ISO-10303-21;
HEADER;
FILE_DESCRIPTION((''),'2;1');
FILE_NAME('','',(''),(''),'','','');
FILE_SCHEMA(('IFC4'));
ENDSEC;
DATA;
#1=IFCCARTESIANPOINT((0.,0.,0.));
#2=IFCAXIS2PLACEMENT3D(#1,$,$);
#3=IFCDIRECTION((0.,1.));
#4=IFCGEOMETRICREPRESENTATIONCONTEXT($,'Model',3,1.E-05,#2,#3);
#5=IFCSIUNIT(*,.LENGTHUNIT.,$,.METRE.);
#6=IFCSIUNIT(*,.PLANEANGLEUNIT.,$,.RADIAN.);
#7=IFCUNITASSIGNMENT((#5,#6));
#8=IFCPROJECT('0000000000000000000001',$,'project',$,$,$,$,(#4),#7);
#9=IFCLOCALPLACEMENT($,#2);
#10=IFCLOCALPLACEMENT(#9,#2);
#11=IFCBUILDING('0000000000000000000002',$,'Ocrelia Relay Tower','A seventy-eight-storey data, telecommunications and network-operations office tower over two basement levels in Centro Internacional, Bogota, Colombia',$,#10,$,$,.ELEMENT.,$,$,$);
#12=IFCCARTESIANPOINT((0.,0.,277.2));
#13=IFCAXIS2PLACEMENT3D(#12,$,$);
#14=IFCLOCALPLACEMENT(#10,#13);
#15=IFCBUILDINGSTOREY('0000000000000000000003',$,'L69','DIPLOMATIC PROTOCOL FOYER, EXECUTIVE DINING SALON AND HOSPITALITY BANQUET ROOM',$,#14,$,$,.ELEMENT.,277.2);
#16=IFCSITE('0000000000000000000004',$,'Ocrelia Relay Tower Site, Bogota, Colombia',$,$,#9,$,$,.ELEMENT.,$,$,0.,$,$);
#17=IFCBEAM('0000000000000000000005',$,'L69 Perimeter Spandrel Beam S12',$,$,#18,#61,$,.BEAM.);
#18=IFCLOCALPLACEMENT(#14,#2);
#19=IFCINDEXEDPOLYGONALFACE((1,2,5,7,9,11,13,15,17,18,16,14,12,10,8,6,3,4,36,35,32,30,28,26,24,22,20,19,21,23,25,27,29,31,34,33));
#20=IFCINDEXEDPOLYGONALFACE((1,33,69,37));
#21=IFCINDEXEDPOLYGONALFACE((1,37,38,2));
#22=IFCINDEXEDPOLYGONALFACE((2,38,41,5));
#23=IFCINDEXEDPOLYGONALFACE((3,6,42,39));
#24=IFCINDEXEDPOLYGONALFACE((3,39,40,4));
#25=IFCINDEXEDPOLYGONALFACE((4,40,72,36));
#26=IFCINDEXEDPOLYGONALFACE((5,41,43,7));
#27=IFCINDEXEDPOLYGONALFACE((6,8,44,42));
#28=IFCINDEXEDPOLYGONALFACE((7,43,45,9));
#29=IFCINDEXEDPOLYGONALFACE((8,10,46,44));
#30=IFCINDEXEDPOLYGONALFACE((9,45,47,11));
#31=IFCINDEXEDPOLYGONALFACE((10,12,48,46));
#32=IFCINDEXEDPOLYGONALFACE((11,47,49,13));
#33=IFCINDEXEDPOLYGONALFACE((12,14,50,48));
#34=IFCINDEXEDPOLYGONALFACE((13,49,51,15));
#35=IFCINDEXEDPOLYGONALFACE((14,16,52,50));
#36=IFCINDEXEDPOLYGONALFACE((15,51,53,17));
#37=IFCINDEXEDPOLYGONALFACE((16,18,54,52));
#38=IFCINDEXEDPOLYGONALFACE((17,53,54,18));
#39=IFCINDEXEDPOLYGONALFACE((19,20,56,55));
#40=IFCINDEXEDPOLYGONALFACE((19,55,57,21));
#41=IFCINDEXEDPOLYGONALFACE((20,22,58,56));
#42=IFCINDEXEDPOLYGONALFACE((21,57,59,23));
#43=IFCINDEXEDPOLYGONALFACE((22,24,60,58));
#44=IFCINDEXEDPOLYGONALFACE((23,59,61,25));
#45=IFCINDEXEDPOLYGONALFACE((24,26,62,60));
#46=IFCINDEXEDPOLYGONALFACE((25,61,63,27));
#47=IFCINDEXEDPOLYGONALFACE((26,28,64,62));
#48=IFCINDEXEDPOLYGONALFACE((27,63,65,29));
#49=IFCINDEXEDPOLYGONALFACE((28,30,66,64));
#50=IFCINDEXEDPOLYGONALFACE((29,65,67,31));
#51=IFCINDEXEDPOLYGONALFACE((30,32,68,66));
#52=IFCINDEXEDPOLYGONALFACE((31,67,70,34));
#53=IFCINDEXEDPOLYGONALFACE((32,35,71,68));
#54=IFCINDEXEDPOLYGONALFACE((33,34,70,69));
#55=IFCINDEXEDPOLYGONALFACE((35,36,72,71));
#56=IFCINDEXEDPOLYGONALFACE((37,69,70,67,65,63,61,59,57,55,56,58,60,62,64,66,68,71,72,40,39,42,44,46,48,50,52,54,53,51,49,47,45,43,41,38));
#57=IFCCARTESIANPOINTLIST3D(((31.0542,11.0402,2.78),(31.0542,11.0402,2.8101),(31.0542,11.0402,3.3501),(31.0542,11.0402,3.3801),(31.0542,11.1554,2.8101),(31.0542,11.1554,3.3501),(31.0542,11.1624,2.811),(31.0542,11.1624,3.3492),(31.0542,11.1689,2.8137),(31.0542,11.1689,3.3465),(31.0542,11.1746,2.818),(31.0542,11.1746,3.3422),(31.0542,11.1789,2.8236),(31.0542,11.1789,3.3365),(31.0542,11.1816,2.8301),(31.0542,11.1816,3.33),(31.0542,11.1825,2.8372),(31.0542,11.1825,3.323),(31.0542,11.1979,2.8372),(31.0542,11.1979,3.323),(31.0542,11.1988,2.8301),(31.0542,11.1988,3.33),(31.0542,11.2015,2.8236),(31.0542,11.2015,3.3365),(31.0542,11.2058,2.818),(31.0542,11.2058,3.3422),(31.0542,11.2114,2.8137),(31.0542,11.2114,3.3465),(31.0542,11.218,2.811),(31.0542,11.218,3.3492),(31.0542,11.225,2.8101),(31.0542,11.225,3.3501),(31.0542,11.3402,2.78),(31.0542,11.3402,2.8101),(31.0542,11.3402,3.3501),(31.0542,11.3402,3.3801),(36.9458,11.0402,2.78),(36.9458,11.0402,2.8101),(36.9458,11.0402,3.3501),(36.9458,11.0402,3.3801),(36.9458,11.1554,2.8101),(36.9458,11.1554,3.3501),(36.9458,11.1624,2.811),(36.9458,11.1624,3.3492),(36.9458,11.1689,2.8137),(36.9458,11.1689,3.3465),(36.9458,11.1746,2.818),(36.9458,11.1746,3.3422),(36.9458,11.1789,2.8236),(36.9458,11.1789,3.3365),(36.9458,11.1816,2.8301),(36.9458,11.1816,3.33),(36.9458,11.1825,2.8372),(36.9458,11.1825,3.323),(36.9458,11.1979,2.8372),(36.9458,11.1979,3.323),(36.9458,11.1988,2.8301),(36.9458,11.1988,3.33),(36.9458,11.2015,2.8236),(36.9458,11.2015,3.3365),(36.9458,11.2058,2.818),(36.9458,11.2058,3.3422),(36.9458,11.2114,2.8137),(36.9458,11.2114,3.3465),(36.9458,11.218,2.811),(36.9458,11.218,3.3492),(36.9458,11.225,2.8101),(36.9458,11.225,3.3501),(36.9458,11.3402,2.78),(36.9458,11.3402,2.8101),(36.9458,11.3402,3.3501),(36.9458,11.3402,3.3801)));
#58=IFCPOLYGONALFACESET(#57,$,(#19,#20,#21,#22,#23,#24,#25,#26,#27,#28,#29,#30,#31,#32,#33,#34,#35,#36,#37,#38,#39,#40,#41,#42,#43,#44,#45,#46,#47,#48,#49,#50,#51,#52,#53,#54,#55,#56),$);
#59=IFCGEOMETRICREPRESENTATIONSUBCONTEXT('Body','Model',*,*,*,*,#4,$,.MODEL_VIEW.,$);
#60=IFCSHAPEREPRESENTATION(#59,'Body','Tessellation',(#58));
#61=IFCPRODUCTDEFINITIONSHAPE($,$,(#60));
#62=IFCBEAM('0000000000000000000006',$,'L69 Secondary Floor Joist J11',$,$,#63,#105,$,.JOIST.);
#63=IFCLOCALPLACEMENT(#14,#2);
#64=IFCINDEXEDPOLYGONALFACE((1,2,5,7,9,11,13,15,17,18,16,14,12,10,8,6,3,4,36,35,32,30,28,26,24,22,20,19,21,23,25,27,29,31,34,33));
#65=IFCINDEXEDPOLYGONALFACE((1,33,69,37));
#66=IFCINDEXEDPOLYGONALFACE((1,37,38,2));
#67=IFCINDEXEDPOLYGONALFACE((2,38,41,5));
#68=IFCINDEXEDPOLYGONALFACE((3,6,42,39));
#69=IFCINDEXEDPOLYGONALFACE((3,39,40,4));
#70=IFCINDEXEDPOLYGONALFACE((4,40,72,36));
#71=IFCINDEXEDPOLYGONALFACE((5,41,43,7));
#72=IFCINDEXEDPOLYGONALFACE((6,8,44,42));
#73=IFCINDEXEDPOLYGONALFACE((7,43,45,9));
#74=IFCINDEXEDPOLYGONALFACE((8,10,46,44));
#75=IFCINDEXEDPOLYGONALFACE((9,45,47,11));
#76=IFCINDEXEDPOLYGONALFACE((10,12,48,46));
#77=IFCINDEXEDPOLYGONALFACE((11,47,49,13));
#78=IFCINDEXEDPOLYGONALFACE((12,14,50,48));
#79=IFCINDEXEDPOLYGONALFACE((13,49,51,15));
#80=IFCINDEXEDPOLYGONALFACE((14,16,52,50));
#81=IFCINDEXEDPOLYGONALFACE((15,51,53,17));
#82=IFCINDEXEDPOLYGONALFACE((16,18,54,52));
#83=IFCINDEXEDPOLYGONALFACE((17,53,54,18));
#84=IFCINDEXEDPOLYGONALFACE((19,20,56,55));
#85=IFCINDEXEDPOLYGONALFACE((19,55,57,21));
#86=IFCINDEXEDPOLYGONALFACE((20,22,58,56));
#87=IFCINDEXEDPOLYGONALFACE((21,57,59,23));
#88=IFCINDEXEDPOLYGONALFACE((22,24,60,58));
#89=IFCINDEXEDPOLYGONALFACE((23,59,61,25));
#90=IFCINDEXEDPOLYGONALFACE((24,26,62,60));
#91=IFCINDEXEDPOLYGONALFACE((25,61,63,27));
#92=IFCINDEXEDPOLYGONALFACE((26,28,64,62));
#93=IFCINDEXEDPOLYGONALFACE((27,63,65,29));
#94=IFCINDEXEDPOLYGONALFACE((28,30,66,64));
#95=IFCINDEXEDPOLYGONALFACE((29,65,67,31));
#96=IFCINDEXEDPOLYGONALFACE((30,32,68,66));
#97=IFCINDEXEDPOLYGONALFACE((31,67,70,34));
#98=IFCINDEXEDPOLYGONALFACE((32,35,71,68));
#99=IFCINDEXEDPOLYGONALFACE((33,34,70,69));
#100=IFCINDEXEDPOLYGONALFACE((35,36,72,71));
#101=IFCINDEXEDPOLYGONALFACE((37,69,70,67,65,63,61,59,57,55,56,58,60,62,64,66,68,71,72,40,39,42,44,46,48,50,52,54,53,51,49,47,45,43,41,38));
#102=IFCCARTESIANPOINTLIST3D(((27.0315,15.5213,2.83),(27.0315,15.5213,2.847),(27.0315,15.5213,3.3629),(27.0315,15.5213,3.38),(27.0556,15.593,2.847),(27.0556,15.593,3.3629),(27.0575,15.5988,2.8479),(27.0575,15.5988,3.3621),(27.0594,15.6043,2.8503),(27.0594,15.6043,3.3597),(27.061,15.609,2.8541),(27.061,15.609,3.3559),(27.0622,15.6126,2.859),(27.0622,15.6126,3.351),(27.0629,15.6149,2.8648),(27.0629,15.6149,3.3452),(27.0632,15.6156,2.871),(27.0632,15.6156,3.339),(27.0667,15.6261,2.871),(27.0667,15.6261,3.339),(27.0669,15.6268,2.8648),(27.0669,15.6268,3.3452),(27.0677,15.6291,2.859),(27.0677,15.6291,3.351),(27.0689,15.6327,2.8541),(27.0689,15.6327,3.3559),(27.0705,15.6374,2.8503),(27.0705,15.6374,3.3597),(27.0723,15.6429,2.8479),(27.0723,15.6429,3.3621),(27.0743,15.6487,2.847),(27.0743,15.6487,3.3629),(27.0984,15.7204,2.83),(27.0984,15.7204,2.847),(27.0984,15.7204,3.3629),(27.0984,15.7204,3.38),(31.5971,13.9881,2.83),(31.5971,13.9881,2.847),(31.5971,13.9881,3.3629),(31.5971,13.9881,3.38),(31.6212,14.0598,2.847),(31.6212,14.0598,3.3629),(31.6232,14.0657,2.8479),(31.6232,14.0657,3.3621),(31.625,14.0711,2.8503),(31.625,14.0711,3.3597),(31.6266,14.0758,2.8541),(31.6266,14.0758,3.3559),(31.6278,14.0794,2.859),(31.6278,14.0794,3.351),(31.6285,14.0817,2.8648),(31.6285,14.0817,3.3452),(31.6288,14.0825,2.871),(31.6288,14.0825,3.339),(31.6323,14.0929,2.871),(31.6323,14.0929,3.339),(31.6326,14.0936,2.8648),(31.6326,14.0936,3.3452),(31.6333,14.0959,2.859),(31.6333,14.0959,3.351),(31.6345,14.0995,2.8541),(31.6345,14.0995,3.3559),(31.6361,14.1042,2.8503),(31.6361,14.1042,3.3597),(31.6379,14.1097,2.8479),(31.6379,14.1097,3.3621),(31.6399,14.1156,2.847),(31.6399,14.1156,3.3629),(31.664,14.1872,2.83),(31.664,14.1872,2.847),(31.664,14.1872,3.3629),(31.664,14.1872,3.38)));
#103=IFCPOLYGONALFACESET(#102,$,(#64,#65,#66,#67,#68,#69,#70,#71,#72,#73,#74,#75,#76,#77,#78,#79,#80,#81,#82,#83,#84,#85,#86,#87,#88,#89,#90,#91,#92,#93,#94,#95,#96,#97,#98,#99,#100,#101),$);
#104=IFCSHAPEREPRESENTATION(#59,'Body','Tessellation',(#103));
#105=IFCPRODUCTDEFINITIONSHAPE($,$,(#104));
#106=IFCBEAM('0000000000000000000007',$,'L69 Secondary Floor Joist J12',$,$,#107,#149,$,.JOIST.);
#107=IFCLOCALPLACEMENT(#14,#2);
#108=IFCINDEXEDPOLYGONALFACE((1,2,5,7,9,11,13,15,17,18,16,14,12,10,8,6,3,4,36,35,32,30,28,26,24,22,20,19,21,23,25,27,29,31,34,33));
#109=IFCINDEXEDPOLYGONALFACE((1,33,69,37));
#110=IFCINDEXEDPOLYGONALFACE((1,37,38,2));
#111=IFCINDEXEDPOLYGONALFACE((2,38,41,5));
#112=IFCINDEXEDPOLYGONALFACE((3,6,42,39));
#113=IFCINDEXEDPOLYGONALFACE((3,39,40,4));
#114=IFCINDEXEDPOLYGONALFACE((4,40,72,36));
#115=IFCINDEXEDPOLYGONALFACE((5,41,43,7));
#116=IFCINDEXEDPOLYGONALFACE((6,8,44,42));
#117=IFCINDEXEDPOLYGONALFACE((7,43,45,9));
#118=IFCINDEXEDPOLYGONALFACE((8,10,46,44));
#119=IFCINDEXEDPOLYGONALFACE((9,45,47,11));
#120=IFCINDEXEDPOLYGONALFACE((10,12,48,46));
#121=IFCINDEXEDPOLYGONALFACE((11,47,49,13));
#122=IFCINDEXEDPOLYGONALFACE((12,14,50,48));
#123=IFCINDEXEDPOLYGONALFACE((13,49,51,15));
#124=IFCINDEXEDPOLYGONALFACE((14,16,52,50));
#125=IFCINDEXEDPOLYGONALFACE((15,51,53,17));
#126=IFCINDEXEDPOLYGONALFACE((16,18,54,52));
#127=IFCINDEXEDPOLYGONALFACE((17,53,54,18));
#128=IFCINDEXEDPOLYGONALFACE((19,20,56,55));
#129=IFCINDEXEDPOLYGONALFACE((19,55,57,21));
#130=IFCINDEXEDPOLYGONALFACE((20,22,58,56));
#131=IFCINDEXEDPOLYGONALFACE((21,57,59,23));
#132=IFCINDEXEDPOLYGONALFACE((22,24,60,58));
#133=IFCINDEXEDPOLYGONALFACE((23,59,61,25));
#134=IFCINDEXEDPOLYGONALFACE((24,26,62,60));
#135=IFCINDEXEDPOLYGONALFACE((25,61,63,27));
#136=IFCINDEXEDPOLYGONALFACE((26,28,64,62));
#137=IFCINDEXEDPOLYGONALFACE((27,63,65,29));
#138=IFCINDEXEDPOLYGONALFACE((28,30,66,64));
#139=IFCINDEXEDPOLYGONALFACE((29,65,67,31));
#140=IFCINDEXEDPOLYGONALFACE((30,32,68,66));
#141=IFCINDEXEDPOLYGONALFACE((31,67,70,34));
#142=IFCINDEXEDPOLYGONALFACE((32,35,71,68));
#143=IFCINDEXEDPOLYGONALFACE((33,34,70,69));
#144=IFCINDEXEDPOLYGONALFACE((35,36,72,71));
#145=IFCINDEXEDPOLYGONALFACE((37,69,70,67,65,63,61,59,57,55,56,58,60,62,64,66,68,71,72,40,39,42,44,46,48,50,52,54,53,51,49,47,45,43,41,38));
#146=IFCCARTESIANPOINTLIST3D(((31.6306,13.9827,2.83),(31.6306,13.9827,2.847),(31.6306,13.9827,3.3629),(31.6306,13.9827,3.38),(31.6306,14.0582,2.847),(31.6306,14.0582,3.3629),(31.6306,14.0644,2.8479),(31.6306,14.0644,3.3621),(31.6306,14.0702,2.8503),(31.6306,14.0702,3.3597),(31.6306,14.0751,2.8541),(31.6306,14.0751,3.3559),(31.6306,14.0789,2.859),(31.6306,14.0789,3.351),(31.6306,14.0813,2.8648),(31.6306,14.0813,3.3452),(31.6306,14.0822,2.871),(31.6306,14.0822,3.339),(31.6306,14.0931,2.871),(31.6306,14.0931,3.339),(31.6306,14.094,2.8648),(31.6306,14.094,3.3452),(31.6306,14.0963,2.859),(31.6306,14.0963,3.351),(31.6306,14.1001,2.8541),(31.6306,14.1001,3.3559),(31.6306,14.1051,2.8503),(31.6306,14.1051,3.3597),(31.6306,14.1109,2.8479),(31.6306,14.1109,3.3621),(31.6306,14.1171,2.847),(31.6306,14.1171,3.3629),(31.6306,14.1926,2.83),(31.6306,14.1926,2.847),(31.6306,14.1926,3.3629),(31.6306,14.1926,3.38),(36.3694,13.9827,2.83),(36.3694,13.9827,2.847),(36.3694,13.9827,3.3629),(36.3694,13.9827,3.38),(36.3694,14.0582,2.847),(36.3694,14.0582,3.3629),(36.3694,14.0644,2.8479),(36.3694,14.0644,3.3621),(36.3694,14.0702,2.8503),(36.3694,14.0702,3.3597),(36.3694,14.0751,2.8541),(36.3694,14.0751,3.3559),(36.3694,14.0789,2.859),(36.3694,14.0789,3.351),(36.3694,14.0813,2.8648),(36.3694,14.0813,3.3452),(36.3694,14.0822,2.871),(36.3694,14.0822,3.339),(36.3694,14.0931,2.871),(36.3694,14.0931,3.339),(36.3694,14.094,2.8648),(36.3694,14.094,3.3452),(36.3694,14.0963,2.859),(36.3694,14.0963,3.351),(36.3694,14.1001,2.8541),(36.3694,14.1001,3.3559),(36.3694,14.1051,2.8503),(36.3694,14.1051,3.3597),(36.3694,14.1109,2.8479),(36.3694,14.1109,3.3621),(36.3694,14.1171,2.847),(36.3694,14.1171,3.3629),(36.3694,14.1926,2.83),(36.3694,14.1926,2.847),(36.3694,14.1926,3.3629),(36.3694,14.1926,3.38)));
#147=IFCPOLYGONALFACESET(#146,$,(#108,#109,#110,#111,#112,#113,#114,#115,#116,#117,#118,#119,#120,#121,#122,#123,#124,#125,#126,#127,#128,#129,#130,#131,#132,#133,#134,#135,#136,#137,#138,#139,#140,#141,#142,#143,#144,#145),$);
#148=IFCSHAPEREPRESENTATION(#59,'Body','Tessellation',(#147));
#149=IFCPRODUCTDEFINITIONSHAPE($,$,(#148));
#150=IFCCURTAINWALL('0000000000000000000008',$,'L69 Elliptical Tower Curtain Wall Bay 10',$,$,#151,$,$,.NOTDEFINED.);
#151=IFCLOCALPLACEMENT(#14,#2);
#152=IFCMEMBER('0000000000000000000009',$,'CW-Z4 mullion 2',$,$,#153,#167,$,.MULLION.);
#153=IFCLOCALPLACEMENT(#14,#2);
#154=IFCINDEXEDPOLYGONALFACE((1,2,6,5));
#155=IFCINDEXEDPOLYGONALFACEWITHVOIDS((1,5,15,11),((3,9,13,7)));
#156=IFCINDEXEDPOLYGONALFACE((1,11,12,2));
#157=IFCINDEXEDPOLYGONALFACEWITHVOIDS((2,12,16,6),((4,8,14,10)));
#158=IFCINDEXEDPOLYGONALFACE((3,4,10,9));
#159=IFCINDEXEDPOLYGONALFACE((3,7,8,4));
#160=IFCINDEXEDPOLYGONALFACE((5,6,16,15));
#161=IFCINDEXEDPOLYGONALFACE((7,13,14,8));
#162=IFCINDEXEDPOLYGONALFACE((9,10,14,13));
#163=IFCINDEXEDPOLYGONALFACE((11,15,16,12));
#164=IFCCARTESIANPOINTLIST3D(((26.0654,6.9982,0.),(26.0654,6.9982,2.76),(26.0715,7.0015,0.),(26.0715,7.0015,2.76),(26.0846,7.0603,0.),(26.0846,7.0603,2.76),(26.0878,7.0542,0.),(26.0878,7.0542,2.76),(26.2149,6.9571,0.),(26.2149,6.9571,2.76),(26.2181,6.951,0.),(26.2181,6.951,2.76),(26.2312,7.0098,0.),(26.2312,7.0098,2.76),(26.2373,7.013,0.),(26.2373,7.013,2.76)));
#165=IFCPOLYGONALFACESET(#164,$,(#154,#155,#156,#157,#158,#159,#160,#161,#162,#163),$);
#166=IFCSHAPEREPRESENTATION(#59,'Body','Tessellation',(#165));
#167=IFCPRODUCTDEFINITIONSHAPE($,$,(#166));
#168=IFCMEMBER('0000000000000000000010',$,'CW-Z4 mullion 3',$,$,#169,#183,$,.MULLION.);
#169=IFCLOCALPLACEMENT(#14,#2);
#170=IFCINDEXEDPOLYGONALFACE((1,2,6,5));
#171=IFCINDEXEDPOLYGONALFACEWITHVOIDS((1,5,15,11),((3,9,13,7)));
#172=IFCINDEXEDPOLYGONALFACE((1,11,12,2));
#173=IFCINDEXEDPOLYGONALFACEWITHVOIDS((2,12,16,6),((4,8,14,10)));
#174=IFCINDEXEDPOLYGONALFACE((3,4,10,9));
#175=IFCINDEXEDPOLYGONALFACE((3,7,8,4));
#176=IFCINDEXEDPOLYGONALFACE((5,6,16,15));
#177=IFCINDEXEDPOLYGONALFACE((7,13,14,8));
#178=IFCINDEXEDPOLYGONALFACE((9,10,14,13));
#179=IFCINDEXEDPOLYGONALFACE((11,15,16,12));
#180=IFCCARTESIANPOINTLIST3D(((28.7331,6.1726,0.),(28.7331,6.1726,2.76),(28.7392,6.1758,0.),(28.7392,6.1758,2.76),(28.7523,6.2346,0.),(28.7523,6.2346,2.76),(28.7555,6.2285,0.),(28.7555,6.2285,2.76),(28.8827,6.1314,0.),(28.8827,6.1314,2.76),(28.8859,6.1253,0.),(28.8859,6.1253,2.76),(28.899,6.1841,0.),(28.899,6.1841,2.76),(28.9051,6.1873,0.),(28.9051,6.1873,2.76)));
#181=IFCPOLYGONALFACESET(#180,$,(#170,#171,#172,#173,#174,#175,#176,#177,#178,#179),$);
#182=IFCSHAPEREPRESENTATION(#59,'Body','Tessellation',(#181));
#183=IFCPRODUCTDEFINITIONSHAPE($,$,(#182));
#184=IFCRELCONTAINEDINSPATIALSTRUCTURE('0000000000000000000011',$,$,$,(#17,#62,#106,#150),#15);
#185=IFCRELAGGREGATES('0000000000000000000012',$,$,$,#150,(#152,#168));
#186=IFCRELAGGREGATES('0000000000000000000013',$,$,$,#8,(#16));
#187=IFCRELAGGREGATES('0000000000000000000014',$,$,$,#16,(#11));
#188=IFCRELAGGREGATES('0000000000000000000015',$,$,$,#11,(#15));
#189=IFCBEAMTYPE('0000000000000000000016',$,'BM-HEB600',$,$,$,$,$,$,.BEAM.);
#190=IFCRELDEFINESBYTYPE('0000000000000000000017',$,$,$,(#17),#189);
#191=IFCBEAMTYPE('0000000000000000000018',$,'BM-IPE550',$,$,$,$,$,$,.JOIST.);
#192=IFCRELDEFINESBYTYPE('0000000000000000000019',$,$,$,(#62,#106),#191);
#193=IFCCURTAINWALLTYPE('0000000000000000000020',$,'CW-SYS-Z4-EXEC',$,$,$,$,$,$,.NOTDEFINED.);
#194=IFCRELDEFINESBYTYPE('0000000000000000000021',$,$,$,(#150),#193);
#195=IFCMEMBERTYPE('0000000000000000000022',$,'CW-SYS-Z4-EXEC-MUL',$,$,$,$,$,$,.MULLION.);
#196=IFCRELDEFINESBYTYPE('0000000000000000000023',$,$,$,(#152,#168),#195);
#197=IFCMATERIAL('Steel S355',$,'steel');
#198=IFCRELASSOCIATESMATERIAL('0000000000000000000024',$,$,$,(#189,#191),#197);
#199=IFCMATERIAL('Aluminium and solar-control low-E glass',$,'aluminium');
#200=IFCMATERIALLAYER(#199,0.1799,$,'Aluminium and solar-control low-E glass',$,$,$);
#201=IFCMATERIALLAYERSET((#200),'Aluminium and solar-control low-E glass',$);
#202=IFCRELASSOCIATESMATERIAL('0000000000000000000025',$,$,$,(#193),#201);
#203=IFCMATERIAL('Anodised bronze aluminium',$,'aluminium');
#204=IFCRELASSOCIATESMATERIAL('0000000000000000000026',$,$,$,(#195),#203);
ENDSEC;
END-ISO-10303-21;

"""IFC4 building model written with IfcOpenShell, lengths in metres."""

from ifc_helpers import new_model, si_unit, direction, frame, origin, origin_2d, place, context, subcontext, project, spatial, hollow_rectangle, i_section, extrude, material, layer, layer_set, material_profile, profile_set, type_object, element, aggregate, save


model = new_model("IFC4")

# Units and contexts
model_context = context("Model", 3, precision=1e-05, world=origin(), true_north=direction((0.0, 1.0)))
body_context = subcontext(model_context, "Body", "Model", "MODEL_VIEW")
ifc_project = project(units=[si_unit("LENGTHUNIT", "METRE"), si_unit("PLANEANGLEUNIT", "RADIAN")], contexts=[model_context])

# Site, building, storey
site_placement = place(None, origin())
site = spatial("IfcSite", under=ifc_project, at=site_placement, Name="Ocrelia Relay Tower Site, Bogota, Colombia", CompositionType="ELEMENT", RefElevation=0.0)
building_placement = place(site_placement, origin())
building = spatial("IfcBuilding", under=site, at=building_placement, Name="Ocrelia Relay Tower", Description="A seventy-eight-storey data, telecommunications and network-operations office tower over two basement levels in Centro Internacional, Bogota, Colombia", CompositionType="ELEMENT")
storey_placement = place(building_placement, frame((0.0, 0.0, 277.2)))
storey = spatial("IfcBuildingStorey", under=building, at=storey_placement, Name="L69", Description="DIPLOMATIC PROTOCOL FOYER, EXECUTIVE DINING SALON AND HOSPITALITY BANQUET ROOM", CompositionType="ELEMENT", Elevation=277.2)

# Beams
ifc_material_1 = material(Name="Steel S355", Category="steel")
ifc_material_profile_1 = material_profile(ifc_material_1, i_section(OverallWidth=0.3, OverallDepth=0.6001, WebThickness=0.0154, FlangeThickness=0.03, FilletRadius=0.0271, at=origin_2d()), Name="HEB 600")
ifc_profile_set_1 = profile_set([ifc_material_profile_1], Name="Steel S355")
beam_type_1 = type_object("IfcBeamType", Name="BM-HEB600", PredefinedType="BEAM", material=ifc_profile_set_1)
beam_1_placement = place(storey_placement, frame((31.0542, 11.1902, 3.0801), z_axis=(1.0, 0.0, 0.0), x_axis=(0.0, 1.0, 0.0)))
element("IfcBeam", 1, at=beam_1_placement, inside=storey, type_object=beam_type_1, Name="L69 Perimeter Spandrel Beam S12", PredefinedType="BEAM", context=body_context, shape_type="SweptSolid", body=[
    extrude(i_section(OverallWidth=0.3, OverallDepth=0.6001, WebThickness=0.0154, FlangeThickness=0.03, FilletRadius=0.0271, at=origin_2d()), origin(), (0.0, 0.0, 1.0), 5.8916),
])
ifc_material_profile_2 = material_profile(ifc_material_1, i_section(OverallWidth=0.21, OverallDepth=0.55, WebThickness=0.011, FlangeThickness=0.0171, FilletRadius=0.0239, at=origin_2d()), Name="IPE 550")
ifc_profile_set_2 = profile_set([ifc_material_profile_2], Name="Steel S355")
beam_type_2 = type_object("IfcBeamType", Name="BM-IPE550", PredefinedType="JOIST", material=ifc_profile_set_2)
beam_2_placement = place(storey_placement, frame((27.0649, 15.6208, 3.105), z_axis=(0.947976, -0.318341, 0.0), x_axis=(0.318341, 0.947976, 0.0)))
element("IfcBeam", 2, at=beam_2_placement, inside=storey, type_object=beam_type_2, Name="L69 Secondary Floor Joist J11", PredefinedType="JOIST", context=body_context, shape_type="SweptSolid", body=[
    extrude(i_section(OverallWidth=0.21, OverallDepth=0.55, WebThickness=0.011, FlangeThickness=0.0171, FilletRadius=0.0239, at=origin_2d()), origin(), (0.0, 0.0, 1.0), 4.8162),
])
beam_3_placement = place(storey_placement, frame((31.6306, 14.0876, 3.105), z_axis=(1.0, 0.0, 0.0), x_axis=(0.0, 1.0, 0.0)))
element("IfcBeam", 3, at=beam_3_placement, inside=storey, type_object=beam_type_2, Name="L69 Secondary Floor Joist J12", PredefinedType="JOIST", context=body_context, shape_type="SweptSolid", body=[
    extrude(i_section(OverallWidth=0.21, OverallDepth=0.55, WebThickness=0.011, FlangeThickness=0.0171, FilletRadius=0.0239, at=origin_2d()), origin(), (0.0, 0.0, 1.0), 4.7388),
])

# Curtain wall, members
ifc_material_2 = material(Name="Aluminium and solar-control low-E glass", Category="aluminium")
ifc_layer_1 = layer(ifc_material_2, 0.1799, Name="Aluminium and solar-control low-E glass")
ifc_layer_set_1 = layer_set([ifc_layer_1], Name="Aluminium and solar-control low-E glass")
curtain_wall_type = type_object("IfcCurtainWallType", Name="CW-SYS-Z4-EXEC", PredefinedType="NOTDEFINED", material=ifc_layer_set_1)
curtain_wall_placement = place(storey_placement, origin())
curtain_wall = element("IfcCurtainWall", 4, at=curtain_wall_placement, inside=storey, type_object=curtain_wall_type, Name="L69 Elliptical Tower Curtain Wall Bay 10", PredefinedType="NOTDEFINED")
ifc_material_3 = material(Name="Anodised bronze aluminium", Category="aluminium")
ifc_material_profile_3 = material_profile(ifc_material_3, hollow_rectangle(XDim=0.0649, YDim=0.1599, WallThickness=0.0049, at=origin_2d()), Name="CW-MUL-160x65")
ifc_profile_set_3 = profile_set([ifc_material_profile_3], Name="Anodised bronze aluminium")
member_type_1 = type_object("IfcMemberType", Name="CW-SYS-Z4-EXEC-MUL", PredefinedType="MULLION", material=ifc_profile_set_3)
member_1_placement = place(storey_placement, frame((26.1514, 7.0056, 0.0), z_axis=(0.0, 0.0, 1.0), x_axis=(0.295665, 0.955292, 0.0)))
member_1 = element("IfcMember", 5, at=member_1_placement, type_object=member_type_1, Name="CW-Z4 mullion 2", PredefinedType="MULLION", context=body_context, shape_type="SweptSolid", body=[
    extrude(hollow_rectangle(XDim=0.0649, YDim=0.1599, WallThickness=0.0049, at=origin_2d()), origin(), (0.0, 0.0, 1.0), 2.76),
])
member_2_placement = place(storey_placement, frame((28.8191, 6.1799, 0.0), z_axis=(0.0, 0.0, 1.0), x_axis=(0.295665, 0.955292, 0.0)))
member_2 = element("IfcMember", 6, at=member_2_placement, type_object=member_type_1, Name="CW-Z4 mullion 3", PredefinedType="MULLION", context=body_context, shape_type="SweptSolid", body=[
    extrude(hollow_rectangle(XDim=0.0649, YDim=0.1599, WallThickness=0.0049, at=origin_2d()), origin(), (0.0, 0.0, 1.0), 2.76),
])
aggregate(curtain_wall, [member_1, member_2])

save(model, "model.ifc")
